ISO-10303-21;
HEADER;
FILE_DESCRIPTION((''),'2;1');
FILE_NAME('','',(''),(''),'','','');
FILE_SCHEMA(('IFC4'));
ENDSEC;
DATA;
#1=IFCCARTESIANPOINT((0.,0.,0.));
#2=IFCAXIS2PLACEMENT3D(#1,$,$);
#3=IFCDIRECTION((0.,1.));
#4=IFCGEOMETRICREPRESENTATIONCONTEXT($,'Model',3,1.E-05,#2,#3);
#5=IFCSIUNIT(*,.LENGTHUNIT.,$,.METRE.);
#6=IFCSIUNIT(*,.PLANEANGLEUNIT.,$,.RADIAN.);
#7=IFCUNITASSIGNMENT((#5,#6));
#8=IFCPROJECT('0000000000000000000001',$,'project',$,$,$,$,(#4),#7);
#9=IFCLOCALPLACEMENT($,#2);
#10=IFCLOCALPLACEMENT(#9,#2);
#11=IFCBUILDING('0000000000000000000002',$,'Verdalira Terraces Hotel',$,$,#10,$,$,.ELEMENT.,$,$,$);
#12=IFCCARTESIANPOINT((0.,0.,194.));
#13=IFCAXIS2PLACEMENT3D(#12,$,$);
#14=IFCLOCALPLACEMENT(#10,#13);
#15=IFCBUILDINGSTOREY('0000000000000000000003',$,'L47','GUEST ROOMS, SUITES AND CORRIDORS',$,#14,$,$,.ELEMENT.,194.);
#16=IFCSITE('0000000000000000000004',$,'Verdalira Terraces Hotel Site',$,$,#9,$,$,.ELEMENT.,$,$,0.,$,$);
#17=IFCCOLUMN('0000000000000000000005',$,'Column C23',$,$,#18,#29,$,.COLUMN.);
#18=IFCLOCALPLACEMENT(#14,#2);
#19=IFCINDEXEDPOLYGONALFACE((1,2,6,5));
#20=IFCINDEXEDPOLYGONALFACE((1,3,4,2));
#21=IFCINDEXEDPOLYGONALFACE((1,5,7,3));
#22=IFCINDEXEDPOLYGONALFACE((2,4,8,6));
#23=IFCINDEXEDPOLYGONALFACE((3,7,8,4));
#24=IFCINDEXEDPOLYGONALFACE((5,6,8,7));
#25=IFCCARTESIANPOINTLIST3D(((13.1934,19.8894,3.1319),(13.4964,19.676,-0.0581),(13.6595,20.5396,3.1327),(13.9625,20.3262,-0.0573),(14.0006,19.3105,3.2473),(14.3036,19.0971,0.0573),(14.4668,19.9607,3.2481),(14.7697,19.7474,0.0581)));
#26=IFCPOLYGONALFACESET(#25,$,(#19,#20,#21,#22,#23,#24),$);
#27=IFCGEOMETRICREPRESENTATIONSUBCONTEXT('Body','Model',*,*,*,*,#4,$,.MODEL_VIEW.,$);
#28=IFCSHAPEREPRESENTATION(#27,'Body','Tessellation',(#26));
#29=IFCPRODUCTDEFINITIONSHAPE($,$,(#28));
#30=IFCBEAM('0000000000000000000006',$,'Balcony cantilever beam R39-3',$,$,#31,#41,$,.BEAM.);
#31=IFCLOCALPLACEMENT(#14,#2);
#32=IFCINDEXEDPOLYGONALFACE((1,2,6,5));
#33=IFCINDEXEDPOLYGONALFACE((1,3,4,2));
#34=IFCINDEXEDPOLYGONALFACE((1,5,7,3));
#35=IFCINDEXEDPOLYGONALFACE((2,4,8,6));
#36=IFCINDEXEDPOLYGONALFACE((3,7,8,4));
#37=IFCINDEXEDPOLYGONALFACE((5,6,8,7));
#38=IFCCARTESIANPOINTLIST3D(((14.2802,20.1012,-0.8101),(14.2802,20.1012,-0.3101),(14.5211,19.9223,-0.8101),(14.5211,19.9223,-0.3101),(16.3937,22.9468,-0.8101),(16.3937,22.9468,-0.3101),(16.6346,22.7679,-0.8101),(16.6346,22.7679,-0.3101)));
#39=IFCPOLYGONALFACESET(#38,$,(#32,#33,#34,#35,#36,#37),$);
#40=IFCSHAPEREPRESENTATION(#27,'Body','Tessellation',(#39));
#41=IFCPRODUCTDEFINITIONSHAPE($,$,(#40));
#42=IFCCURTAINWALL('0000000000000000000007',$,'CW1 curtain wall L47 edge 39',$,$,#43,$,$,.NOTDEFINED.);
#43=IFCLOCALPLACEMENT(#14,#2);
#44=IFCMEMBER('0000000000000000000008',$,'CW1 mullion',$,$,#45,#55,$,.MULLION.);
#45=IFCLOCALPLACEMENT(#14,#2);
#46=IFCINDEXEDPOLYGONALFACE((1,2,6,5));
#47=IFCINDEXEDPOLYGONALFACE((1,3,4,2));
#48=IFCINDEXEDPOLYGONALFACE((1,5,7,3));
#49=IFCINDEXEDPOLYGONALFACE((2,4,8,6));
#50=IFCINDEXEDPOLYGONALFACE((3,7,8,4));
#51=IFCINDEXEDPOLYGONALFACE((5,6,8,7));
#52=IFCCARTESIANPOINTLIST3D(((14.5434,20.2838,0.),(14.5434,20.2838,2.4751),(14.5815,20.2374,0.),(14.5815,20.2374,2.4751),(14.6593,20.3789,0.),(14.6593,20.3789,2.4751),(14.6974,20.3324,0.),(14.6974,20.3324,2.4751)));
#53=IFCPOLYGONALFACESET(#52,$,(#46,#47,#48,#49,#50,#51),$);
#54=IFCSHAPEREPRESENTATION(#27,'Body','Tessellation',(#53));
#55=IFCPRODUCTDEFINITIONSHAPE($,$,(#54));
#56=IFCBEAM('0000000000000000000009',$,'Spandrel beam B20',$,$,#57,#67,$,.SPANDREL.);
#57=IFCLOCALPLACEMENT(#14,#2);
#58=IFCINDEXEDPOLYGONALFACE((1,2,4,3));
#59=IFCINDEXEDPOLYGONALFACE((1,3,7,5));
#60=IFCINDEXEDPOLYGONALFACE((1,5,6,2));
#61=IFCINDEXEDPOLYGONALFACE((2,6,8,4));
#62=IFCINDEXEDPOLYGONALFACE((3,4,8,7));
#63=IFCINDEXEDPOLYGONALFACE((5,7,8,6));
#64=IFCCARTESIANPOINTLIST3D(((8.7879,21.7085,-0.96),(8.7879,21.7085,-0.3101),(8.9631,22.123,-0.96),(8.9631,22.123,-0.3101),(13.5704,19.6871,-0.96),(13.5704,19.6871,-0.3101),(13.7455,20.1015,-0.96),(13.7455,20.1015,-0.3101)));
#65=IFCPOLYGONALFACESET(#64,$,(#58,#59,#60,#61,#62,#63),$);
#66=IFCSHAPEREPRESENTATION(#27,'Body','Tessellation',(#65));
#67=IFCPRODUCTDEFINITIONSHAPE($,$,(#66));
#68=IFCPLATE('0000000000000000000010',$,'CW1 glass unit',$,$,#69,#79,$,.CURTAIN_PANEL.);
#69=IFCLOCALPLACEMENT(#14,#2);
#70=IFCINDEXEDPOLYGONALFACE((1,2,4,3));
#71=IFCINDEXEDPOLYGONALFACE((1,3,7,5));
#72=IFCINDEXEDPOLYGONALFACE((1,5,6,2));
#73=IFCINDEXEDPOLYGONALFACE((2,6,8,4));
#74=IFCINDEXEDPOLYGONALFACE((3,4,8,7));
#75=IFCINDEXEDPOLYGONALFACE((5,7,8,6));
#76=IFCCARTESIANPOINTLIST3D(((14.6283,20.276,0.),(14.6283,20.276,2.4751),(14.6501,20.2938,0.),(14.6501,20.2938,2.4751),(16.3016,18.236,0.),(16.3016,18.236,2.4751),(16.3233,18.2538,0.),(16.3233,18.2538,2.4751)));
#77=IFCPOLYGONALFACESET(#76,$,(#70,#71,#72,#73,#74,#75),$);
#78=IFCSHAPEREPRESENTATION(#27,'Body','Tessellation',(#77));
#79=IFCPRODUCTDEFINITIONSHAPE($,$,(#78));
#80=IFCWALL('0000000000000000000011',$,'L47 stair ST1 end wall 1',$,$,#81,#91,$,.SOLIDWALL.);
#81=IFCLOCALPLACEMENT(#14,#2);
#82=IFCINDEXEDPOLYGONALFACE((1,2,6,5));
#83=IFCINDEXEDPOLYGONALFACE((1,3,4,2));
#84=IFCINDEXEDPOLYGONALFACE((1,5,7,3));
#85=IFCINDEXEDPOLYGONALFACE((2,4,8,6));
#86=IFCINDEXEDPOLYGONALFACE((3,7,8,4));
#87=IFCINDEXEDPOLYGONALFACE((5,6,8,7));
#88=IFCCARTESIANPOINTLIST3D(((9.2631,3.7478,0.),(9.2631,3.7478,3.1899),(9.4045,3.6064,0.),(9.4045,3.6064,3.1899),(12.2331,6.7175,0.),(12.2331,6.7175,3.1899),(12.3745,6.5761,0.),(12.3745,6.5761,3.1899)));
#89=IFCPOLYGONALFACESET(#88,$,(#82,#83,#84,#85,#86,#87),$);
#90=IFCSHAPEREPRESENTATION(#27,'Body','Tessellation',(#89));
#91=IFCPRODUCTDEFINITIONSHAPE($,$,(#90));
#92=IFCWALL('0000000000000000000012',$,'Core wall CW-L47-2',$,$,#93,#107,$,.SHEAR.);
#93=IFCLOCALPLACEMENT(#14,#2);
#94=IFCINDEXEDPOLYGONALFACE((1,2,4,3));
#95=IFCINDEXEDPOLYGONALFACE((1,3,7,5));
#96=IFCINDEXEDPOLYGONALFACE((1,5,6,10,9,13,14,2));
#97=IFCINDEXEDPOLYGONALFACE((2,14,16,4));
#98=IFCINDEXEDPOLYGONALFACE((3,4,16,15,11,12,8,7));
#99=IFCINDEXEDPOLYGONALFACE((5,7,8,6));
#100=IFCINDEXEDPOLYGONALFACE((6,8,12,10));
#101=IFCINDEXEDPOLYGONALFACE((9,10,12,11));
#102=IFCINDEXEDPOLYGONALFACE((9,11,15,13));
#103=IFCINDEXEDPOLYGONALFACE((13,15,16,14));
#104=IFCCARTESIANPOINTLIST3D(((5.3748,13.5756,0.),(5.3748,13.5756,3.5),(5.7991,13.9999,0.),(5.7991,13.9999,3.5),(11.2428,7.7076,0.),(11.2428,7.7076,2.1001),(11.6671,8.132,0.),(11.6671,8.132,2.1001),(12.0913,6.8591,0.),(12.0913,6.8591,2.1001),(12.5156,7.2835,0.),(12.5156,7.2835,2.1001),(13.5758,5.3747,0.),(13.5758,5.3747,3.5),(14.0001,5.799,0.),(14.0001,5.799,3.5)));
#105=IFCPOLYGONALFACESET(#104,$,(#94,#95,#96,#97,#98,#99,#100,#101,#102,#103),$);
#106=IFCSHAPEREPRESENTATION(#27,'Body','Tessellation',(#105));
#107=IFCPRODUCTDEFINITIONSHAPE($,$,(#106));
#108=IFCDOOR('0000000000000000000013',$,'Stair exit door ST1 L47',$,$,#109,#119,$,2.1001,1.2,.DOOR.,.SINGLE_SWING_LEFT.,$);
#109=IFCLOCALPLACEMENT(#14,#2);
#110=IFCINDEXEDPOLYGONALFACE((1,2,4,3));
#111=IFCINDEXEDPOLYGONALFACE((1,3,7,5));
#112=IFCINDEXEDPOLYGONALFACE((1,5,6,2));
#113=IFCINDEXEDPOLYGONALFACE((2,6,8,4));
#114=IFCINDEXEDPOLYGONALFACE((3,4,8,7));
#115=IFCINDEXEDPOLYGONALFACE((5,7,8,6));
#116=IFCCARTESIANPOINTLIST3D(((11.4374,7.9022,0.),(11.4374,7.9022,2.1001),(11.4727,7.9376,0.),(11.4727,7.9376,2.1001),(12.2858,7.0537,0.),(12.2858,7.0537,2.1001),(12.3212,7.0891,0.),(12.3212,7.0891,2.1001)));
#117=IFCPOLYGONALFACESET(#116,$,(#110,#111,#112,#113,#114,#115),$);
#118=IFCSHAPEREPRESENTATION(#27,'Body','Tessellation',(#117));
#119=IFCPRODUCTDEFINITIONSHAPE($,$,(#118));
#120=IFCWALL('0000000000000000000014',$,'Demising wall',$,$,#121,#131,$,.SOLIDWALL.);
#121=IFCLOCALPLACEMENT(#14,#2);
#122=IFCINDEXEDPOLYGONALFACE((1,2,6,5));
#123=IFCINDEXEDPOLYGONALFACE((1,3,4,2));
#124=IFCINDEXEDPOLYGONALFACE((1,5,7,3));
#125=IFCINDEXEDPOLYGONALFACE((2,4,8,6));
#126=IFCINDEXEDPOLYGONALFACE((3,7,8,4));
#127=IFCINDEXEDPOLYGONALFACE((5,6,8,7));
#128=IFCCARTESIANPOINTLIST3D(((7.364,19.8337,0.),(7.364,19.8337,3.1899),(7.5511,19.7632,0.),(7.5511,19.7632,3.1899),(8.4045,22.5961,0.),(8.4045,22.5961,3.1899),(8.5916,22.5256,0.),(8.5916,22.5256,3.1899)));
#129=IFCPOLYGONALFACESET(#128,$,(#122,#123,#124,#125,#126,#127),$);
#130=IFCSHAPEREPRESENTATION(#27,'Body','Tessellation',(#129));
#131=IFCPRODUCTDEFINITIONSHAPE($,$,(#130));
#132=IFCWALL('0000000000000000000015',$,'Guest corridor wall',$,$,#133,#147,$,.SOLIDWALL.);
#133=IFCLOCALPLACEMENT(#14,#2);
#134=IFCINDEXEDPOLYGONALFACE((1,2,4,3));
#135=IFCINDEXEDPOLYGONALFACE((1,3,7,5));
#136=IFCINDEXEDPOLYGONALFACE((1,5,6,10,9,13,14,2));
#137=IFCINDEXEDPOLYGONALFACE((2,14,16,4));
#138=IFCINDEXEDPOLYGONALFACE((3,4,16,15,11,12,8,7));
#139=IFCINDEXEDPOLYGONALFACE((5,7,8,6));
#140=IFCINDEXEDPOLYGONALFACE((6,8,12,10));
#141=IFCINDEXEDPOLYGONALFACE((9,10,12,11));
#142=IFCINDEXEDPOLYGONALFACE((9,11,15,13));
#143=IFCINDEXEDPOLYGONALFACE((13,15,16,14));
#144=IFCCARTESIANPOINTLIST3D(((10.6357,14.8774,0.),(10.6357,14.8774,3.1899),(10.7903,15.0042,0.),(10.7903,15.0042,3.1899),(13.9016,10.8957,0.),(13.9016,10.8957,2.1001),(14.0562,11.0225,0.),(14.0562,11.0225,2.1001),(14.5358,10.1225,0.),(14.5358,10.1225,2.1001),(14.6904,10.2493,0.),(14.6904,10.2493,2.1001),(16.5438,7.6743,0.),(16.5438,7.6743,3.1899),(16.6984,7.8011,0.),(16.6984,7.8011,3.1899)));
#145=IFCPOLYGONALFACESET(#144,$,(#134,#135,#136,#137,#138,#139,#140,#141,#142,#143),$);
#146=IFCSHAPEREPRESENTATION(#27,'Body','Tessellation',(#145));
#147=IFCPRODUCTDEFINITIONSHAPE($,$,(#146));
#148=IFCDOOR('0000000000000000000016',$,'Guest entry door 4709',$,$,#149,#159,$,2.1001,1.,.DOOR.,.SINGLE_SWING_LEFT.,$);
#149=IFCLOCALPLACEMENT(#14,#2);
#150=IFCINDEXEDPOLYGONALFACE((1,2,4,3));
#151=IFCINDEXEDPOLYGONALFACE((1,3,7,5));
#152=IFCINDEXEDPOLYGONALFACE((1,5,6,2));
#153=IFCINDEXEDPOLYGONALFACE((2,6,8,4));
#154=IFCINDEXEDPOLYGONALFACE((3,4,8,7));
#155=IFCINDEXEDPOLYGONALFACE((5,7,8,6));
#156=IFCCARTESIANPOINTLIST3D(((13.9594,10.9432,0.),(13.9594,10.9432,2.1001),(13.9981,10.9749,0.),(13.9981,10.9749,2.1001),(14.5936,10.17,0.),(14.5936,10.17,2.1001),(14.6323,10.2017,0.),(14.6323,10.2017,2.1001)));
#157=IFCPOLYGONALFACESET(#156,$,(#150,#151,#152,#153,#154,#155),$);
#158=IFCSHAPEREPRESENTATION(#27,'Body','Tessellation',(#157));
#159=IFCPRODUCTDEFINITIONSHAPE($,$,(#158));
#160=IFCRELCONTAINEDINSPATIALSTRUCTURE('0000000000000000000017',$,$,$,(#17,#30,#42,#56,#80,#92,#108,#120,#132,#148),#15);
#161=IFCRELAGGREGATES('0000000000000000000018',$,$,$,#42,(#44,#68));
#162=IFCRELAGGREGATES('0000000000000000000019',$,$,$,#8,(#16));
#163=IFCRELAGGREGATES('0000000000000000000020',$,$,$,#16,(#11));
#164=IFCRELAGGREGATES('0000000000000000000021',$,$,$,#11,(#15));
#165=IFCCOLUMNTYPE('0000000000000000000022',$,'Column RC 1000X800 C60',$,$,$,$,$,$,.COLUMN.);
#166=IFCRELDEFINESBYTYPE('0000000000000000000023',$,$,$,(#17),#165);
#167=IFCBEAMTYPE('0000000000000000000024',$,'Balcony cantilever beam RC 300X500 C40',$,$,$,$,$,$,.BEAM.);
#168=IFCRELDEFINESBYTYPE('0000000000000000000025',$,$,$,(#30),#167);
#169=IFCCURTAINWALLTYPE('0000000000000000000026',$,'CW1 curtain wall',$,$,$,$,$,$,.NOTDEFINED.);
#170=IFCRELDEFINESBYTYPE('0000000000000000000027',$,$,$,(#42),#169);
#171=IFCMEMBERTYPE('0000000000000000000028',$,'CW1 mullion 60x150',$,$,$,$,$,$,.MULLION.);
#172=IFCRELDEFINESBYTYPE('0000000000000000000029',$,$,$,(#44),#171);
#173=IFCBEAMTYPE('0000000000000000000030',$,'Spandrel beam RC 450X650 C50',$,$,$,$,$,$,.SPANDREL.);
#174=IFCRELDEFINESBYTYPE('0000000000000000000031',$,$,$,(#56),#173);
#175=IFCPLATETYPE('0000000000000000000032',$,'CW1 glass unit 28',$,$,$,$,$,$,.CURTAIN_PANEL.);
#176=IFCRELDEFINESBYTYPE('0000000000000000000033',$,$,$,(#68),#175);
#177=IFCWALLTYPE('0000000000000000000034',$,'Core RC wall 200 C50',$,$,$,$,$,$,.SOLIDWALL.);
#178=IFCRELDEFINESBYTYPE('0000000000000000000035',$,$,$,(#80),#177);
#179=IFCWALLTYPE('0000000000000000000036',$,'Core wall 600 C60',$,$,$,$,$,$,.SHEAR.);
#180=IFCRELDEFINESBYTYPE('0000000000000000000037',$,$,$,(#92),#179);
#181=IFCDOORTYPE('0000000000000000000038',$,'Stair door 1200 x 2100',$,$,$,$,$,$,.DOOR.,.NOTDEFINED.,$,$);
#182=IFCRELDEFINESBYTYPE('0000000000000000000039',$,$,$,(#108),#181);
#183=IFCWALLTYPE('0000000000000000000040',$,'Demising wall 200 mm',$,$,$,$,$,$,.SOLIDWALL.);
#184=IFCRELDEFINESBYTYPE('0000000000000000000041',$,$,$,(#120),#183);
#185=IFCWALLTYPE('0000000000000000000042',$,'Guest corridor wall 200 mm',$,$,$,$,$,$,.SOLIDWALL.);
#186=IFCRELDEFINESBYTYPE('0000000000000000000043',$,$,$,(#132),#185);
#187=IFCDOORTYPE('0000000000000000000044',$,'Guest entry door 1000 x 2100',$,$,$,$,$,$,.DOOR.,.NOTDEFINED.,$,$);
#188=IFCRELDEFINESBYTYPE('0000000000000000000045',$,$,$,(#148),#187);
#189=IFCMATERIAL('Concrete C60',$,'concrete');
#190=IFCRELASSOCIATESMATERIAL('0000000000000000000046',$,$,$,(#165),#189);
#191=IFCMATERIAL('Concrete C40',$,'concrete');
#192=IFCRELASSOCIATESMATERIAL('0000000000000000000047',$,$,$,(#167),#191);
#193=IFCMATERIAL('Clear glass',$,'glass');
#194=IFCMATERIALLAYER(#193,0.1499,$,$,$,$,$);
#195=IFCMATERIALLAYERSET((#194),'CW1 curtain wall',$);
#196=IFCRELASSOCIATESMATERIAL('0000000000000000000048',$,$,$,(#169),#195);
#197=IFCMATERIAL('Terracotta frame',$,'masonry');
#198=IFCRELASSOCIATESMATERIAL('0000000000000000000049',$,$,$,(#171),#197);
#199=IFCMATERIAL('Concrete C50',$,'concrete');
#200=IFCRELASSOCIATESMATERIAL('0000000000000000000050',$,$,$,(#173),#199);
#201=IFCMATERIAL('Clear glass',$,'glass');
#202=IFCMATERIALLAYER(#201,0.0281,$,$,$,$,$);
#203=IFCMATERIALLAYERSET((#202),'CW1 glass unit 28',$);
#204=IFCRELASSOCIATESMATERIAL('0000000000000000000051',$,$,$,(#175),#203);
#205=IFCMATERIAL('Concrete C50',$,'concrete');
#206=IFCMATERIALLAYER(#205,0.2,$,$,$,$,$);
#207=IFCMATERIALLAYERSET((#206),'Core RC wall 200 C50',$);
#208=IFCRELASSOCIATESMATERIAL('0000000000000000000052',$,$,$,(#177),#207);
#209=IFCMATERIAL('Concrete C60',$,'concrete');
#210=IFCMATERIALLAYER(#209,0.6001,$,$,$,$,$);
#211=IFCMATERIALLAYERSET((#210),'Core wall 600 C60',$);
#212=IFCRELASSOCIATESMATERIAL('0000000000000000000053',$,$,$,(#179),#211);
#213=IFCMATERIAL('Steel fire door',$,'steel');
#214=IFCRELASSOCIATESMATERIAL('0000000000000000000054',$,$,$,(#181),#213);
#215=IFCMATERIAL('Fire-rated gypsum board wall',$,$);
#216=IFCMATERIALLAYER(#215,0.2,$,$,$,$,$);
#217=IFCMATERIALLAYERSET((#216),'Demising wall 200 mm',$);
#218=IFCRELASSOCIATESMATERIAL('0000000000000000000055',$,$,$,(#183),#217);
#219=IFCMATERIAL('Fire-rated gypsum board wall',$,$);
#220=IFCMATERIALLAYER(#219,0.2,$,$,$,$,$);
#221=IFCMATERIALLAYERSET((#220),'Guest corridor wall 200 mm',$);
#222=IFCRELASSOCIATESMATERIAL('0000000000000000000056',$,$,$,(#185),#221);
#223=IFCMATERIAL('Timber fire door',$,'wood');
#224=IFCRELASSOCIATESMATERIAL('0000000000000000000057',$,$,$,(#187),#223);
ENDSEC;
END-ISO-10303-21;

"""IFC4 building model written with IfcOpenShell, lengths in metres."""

from ifc_helpers import new_model, si_unit, direction, frame, frame_2d, origin, origin_2d, place, context, subcontext, project, spatial, rectangle, extrude, material, layer, layer_set, material_profile, profile_set, type_object, element, fill, aggregate, save


model = new_model("IFC4")

# Units and contexts
model_context = context("Model", 3, precision=1e-05, world=origin(), true_north=direction((0.0, 1.0)))
body_context = subcontext(model_context, "Body", "Model", "MODEL_VIEW")
ifc_project = project(units=[si_unit("LENGTHUNIT", "METRE"), si_unit("PLANEANGLEUNIT", "RADIAN")], contexts=[model_context])

# Site, building, storey
site_placement = place(None, origin())
site = spatial("IfcSite", under=ifc_project, at=site_placement, Name="Verdalira Terraces Hotel Site", CompositionType="ELEMENT", RefElevation=0.0)
building_placement = place(site_placement, origin())
building = spatial("IfcBuilding", under=site, at=building_placement, Name="Verdalira Terraces Hotel", CompositionType="ELEMENT")
storey_placement = place(building_placement, frame((0.0, 0.0, 194.0)))
storey = spatial("IfcBuildingStorey", under=building, at=storey_placement, Name="L47", Description="GUEST ROOMS, SUITES AND CORRIDORS", CompositionType="ELEMENT", Elevation=194.0)

# Column
ifc_material_1 = material(Name="Concrete C60", Category="concrete")
ifc_material_profile_1 = material_profile(ifc_material_1, rectangle(XDim=1.0, YDim=0.8, at=origin_2d()), Name="RC 1000X800")
ifc_profile_set_1 = profile_set([ifc_material_profile_1], Name="Concrete C60")
column_type = type_object("IfcColumnType", Name="Column RC 1000X800 C60", PredefinedType="COLUMN", material=ifc_profile_set_1)
column_placement = place(storey_placement, frame((14.1331, 19.7117, 0.0), z_axis=(-0.094345, 0.066444, 0.99332), x_axis=(0.807242, -0.578832, 0.11539)))
element("IfcColumn", 1, at=column_placement, inside=storey, type_object=column_type, Name="Column C23", PredefinedType="COLUMN", context=body_context, shape_type="SweptSolid", body=[
    extrude(rectangle(XDim=1.0, YDim=0.8, at=origin_2d()), origin(), (0.0, 0.0, 1.0), 3.2114),
])

# Beam
ifc_material_2 = material(Name="Concrete C40", Category="concrete")
ifc_material_profile_2 = material_profile(ifc_material_2, rectangle(XDim=0.3, YDim=0.5, at=origin_2d()), Name="RC 300X500")
ifc_profile_set_2 = profile_set([ifc_material_profile_2], Name="Concrete C40")
beam_type_1 = type_object("IfcBeamType", Name="Balcony cantilever beam RC 300X500 C40", PredefinedType="BEAM", material=ifc_profile_set_2)
beam_1_placement = place(storey_placement, frame((14.4006, 20.0117, -0.5601), z_axis=(0.596247, 0.802801, 0.0), x_axis=(-0.802801, 0.596247, 0.0)))
element("IfcBeam", 2, at=beam_1_placement, inside=storey, type_object=beam_type_1, Name="Balcony cantilever beam R39-3", PredefinedType="BEAM", context=body_context, shape_type="SweptSolid", body=[
    extrude(rectangle(XDim=0.3, YDim=0.5, at=origin_2d()), origin(), (0.0, 0.0, 1.0), 3.5447),
])

# Curtain wall, member
ifc_material_3 = material(Name="Clear glass", Category="glass")
ifc_layer_1 = layer(ifc_material_3, 0.1499)
ifc_layer_set_1 = layer_set([ifc_layer_1], Name="CW1 curtain wall")
curtain_wall_type = type_object("IfcCurtainWallType", Name="CW1 curtain wall", PredefinedType="NOTDEFINED", material=ifc_layer_set_1)
curtain_wall_placement = place(storey_placement, origin())
curtain_wall = element("IfcCurtainWall", 3, at=curtain_wall_placement, inside=storey, type_object=curtain_wall_type, Name="CW1 curtain wall L47 edge 39", PredefinedType="NOTDEFINED")
ifc_material_4 = material(Name="Terracotta frame", Category="masonry")
ifc_material_profile_3 = material_profile(ifc_material_4, rectangle(XDim=0.0601, YDim=0.1499, at=origin_2d()), Name="MU 60x150")
ifc_profile_set_3 = profile_set([ifc_material_profile_3], Name="Terracotta frame")
member_type = type_object("IfcMemberType", Name="CW1 mullion 60x150", PredefinedType="MULLION", material=ifc_profile_set_3)
member_placement = place(storey_placement, frame((14.6204, 20.3081, 0.0), z_axis=(0.0, 0.0, 1.0), x_axis=(-0.634191, 0.773177, 0.0)))
member = element("IfcMember", 4, at=member_placement, type_object=member_type, Name="CW1 mullion", PredefinedType="MULLION", context=body_context, shape_type="SweptSolid", body=[
    extrude(rectangle(XDim=0.0601, YDim=0.1499, at=origin_2d()), origin(), (0.0, 0.0, 1.0), 2.4751),
])

# Beam
ifc_material_5 = material(Name="Concrete C50", Category="concrete")
ifc_material_profile_4 = material_profile(ifc_material_5, rectangle(XDim=0.45, YDim=0.6499, at=origin_2d()), Name="RC 450X650")
ifc_profile_set_4 = profile_set([ifc_material_profile_4], Name="Concrete C50")
beam_type_2 = type_object("IfcBeamType", Name="Spandrel beam RC 450X650 C50", PredefinedType="SPANDREL", material=ifc_profile_set_4)
beam_2_placement = place(storey_placement, frame((13.658, 19.8943, -0.635), z_axis=(-0.921096, 0.389335, 0.0), x_axis=(-0.389335, -0.921096, 0.0)))
element("IfcBeam", 5, at=beam_2_placement, inside=storey, type_object=beam_type_2, Name="Spandrel beam B20", PredefinedType="SPANDREL", context=body_context, shape_type="SweptSolid", body=[
    extrude(rectangle(XDim=0.45, YDim=0.6499, at=origin_2d()), origin(), (0.0, 0.0, 1.0), 5.1921),
])

# Plate
ifc_material_6 = material(Name="Clear glass", Category="glass")
ifc_layer_2 = layer(ifc_material_6, 0.0281)
ifc_layer_set_2 = layer_set([ifc_layer_2], Name="CW1 glass unit 28")
plate_type = type_object("IfcPlateType", Name="CW1 glass unit 28", PredefinedType="CURTAIN_PANEL", material=ifc_layer_set_2)
plate_placement = place(storey_placement, frame((15.4758, 19.2649, 0.0), z_axis=(0.0, 0.0, 1.0), x_axis=(-0.634191, 0.773177, 0.0)))
plate = element("IfcPlate", 6, at=plate_placement, type_object=plate_type, Name="CW1 glass unit", PredefinedType="CURTAIN_PANEL", context=body_context, shape_type="SweptSolid", body=[
    extrude(rectangle(XDim=2.6384, YDim=0.0281, at=origin_2d()), origin(), (0.0, 0.0, 1.0), 2.4751),
])
aggregate(curtain_wall, [member, plate])

# Wall
ifc_material_7 = material(Name="Concrete C50", Category="concrete")
ifc_layer_3 = layer(ifc_material_7, 0.2)
ifc_layer_set_3 = layer_set([ifc_layer_3], Name="Core RC wall 200 C50")
wall_type_1 = type_object("IfcWallType", Name="Core RC wall 200 C50", PredefinedType="SOLIDWALL", material=ifc_layer_set_3)
wall_1_placement = place(storey_placement, frame((9.3337, 3.677, 0.0), z_axis=(0.0, 0.0, 1.0), x_axis=(0.707136, 0.707078, 0.0)))
element("IfcWall", 7, at=wall_1_placement, inside=storey, type_object=wall_type_1, Name="L47 stair ST1 end wall 1", PredefinedType="SOLIDWALL", context=body_context, shape_type="SweptSolid", body=[
    extrude(rectangle(XDim=4.2, YDim=0.2, at=frame_2d((2.1001, 0.0))), origin(), (0.0, 0.0, 1.0), 3.1899),
])

# Wall, opening, door
ifc_material_8 = material(Name="Concrete C60", Category="concrete")
ifc_layer_4 = layer(ifc_material_8, 0.6001)
ifc_layer_set_4 = layer_set([ifc_layer_4], Name="Core wall 600 C60")
wall_type_2 = type_object("IfcWallType", Name="Core wall 600 C60", PredefinedType="SHEAR", material=ifc_layer_set_4)
wall_2_placement = place(storey_placement, frame((13.7878, 5.5869, 0.0), z_axis=(0.0, 0.0, 1.0), x_axis=(-0.707107, 0.707107, 0.0)))
wall_2 = element("IfcWall", 8, at=wall_2_placement, inside=storey, type_object=wall_type_2, Name="Core wall CW-L47-2", PredefinedType="SHEAR", context=body_context, shape_type="SweptSolid", body=[
    extrude(rectangle(XDim=11.5979, YDim=0.6001, at=frame_2d((5.7988, 0.0))), origin(), (0.0, 0.0, 1.0), 3.5),
])
opening_1_placement = place(wall_2_placement, frame((2.0991, 0.0, 0.0)))
opening_1 = element("IfcOpeningElement", 9, at=opening_1_placement, cuts=wall_2, PredefinedType="OPENING", context=body_context, shape_type="SweptSolid", body=[
    extrude(rectangle(XDim=1.2, YDim=2.1001, at=frame_2d((0.6001, 1.05))), frame((0.0, 0.3101, 0.0), z_axis=(0.0, -1.0, 0.0), x_axis=(1.0, 0.0, 0.0)), (0.0, 0.0, 1.0), 0.6201),
])
ifc_material_9 = material(Name="Steel fire door", Category="steel")
door_type_1 = type_object("IfcDoorType", Name="Stair door 1200 x 2100", OperationType="NOTDEFINED", PredefinedType="DOOR", material=ifc_material_9)
door_1_placement = place(opening_1_placement, origin())
door_1 = element("IfcDoor", 10, at=door_1_placement, inside=storey, type_object=door_type_1, Name="Stair exit door ST1 L47", OperationType="SINGLE_SWING_LEFT", OverallHeight=2.1001, OverallWidth=1.2, PredefinedType="DOOR", context=body_context, shape_type="SweptSolid", body=[
    extrude(rectangle(XDim=1.2, YDim=2.1001, at=frame_2d((0.6001, 1.05))), frame((0.0, 0.0249, 0.0), z_axis=(0.0, -1.0, 0.0), x_axis=(1.0, 0.0, 0.0)), (0.0, 0.0, 1.0), 0.05),
])
fill(opening_1, door_1)

# Wall
ifc_material_10 = material(Name="Fire-rated gypsum board wall")
ifc_layer_5 = layer(ifc_material_10, 0.2)
ifc_layer_set_5 = layer_set([ifc_layer_5], Name="Demising wall 200 mm")
wall_type_3 = type_object("IfcWallType", Name="Demising wall 200 mm", PredefinedType="SOLIDWALL", material=ifc_layer_set_5)
wall_3_placement = place(storey_placement, frame((7.4575, 19.7983, 0.0), z_axis=(0.0, 0.0, 1.0), x_axis=(0.352492, 0.935815, 0.0)))
element("IfcWall", 11, at=wall_3_placement, inside=storey, type_object=wall_type_3, Name="Demising wall", PredefinedType="SOLIDWALL", context=body_context, shape_type="SweptSolid", body=[
    extrude(rectangle(XDim=2.9519, YDim=0.2, at=frame_2d((1.4761, 0.0))), origin(), (0.0, 0.0, 1.0), 3.1899),
])

# Wall, opening, door
ifc_material_11 = material(Name="Fire-rated gypsum board wall")
ifc_layer_6 = layer(ifc_material_11, 0.2)
ifc_layer_set_6 = layer_set([ifc_layer_6], Name="Guest corridor wall 200 mm")
wall_type_4 = type_object("IfcWallType", Name="Guest corridor wall 200 mm", PredefinedType="SOLIDWALL", material=ifc_layer_set_6)
wall_4_placement = place(storey_placement, frame((10.7129, 14.9409, 0.0), z_axis=(0.0, 0.0, 1.0), x_axis=(0.634185, -0.773181, 0.0)))
wall_4 = element("IfcWall", 12, at=wall_4_placement, inside=storey, type_object=wall_type_4, Name="Guest corridor wall", PredefinedType="SOLIDWALL", context=body_context, shape_type="SweptSolid", body=[
    extrude(rectangle(XDim=9.3162, YDim=0.2, at=frame_2d((4.6582, 0.0))), origin(), (0.0, 0.0, 1.0), 3.1899),
])
opening_2_placement = place(wall_4_placement, frame((5.1499, 0.0, 0.0)))
opening_2 = element("IfcOpeningElement", 13, at=opening_2_placement, cuts=wall_4, PredefinedType="OPENING", context=body_context, shape_type="SweptSolid", body=[
    extrude(rectangle(XDim=1.0, YDim=2.1001, at=frame_2d((0.5, 1.05))), frame((0.0, 0.1099, 0.0), z_axis=(0.0, -1.0, 0.0), x_axis=(1.0, 0.0, 0.0)), (0.0, 0.0, 1.0), 0.22),
])
ifc_material_12 = material(Name="Timber fire door", Category="wood")
door_type_2 = type_object("IfcDoorType", Name="Guest entry door 1000 x 2100", OperationType="NOTDEFINED", PredefinedType="DOOR", material=ifc_material_12)
door_2_placement = place(opening_2_placement, origin())
door_2 = element("IfcDoor", 14, at=door_2_placement, inside=storey, type_object=door_type_2, Name="Guest entry door 4709", OperationType="SINGLE_SWING_LEFT", OverallHeight=2.1001, OverallWidth=1.0, PredefinedType="DOOR", context=body_context, shape_type="SweptSolid", body=[
    extrude(rectangle(XDim=1.0, YDim=2.1001, at=frame_2d((0.5, 1.05))), frame((0.0, 0.0249, 0.0), z_axis=(0.0, -1.0, 0.0), x_axis=(1.0, 0.0, 0.0)), (0.0, 0.0, 1.0), 0.05),
])
fill(opening_2, door_2)

save(model, "model.ifc")
